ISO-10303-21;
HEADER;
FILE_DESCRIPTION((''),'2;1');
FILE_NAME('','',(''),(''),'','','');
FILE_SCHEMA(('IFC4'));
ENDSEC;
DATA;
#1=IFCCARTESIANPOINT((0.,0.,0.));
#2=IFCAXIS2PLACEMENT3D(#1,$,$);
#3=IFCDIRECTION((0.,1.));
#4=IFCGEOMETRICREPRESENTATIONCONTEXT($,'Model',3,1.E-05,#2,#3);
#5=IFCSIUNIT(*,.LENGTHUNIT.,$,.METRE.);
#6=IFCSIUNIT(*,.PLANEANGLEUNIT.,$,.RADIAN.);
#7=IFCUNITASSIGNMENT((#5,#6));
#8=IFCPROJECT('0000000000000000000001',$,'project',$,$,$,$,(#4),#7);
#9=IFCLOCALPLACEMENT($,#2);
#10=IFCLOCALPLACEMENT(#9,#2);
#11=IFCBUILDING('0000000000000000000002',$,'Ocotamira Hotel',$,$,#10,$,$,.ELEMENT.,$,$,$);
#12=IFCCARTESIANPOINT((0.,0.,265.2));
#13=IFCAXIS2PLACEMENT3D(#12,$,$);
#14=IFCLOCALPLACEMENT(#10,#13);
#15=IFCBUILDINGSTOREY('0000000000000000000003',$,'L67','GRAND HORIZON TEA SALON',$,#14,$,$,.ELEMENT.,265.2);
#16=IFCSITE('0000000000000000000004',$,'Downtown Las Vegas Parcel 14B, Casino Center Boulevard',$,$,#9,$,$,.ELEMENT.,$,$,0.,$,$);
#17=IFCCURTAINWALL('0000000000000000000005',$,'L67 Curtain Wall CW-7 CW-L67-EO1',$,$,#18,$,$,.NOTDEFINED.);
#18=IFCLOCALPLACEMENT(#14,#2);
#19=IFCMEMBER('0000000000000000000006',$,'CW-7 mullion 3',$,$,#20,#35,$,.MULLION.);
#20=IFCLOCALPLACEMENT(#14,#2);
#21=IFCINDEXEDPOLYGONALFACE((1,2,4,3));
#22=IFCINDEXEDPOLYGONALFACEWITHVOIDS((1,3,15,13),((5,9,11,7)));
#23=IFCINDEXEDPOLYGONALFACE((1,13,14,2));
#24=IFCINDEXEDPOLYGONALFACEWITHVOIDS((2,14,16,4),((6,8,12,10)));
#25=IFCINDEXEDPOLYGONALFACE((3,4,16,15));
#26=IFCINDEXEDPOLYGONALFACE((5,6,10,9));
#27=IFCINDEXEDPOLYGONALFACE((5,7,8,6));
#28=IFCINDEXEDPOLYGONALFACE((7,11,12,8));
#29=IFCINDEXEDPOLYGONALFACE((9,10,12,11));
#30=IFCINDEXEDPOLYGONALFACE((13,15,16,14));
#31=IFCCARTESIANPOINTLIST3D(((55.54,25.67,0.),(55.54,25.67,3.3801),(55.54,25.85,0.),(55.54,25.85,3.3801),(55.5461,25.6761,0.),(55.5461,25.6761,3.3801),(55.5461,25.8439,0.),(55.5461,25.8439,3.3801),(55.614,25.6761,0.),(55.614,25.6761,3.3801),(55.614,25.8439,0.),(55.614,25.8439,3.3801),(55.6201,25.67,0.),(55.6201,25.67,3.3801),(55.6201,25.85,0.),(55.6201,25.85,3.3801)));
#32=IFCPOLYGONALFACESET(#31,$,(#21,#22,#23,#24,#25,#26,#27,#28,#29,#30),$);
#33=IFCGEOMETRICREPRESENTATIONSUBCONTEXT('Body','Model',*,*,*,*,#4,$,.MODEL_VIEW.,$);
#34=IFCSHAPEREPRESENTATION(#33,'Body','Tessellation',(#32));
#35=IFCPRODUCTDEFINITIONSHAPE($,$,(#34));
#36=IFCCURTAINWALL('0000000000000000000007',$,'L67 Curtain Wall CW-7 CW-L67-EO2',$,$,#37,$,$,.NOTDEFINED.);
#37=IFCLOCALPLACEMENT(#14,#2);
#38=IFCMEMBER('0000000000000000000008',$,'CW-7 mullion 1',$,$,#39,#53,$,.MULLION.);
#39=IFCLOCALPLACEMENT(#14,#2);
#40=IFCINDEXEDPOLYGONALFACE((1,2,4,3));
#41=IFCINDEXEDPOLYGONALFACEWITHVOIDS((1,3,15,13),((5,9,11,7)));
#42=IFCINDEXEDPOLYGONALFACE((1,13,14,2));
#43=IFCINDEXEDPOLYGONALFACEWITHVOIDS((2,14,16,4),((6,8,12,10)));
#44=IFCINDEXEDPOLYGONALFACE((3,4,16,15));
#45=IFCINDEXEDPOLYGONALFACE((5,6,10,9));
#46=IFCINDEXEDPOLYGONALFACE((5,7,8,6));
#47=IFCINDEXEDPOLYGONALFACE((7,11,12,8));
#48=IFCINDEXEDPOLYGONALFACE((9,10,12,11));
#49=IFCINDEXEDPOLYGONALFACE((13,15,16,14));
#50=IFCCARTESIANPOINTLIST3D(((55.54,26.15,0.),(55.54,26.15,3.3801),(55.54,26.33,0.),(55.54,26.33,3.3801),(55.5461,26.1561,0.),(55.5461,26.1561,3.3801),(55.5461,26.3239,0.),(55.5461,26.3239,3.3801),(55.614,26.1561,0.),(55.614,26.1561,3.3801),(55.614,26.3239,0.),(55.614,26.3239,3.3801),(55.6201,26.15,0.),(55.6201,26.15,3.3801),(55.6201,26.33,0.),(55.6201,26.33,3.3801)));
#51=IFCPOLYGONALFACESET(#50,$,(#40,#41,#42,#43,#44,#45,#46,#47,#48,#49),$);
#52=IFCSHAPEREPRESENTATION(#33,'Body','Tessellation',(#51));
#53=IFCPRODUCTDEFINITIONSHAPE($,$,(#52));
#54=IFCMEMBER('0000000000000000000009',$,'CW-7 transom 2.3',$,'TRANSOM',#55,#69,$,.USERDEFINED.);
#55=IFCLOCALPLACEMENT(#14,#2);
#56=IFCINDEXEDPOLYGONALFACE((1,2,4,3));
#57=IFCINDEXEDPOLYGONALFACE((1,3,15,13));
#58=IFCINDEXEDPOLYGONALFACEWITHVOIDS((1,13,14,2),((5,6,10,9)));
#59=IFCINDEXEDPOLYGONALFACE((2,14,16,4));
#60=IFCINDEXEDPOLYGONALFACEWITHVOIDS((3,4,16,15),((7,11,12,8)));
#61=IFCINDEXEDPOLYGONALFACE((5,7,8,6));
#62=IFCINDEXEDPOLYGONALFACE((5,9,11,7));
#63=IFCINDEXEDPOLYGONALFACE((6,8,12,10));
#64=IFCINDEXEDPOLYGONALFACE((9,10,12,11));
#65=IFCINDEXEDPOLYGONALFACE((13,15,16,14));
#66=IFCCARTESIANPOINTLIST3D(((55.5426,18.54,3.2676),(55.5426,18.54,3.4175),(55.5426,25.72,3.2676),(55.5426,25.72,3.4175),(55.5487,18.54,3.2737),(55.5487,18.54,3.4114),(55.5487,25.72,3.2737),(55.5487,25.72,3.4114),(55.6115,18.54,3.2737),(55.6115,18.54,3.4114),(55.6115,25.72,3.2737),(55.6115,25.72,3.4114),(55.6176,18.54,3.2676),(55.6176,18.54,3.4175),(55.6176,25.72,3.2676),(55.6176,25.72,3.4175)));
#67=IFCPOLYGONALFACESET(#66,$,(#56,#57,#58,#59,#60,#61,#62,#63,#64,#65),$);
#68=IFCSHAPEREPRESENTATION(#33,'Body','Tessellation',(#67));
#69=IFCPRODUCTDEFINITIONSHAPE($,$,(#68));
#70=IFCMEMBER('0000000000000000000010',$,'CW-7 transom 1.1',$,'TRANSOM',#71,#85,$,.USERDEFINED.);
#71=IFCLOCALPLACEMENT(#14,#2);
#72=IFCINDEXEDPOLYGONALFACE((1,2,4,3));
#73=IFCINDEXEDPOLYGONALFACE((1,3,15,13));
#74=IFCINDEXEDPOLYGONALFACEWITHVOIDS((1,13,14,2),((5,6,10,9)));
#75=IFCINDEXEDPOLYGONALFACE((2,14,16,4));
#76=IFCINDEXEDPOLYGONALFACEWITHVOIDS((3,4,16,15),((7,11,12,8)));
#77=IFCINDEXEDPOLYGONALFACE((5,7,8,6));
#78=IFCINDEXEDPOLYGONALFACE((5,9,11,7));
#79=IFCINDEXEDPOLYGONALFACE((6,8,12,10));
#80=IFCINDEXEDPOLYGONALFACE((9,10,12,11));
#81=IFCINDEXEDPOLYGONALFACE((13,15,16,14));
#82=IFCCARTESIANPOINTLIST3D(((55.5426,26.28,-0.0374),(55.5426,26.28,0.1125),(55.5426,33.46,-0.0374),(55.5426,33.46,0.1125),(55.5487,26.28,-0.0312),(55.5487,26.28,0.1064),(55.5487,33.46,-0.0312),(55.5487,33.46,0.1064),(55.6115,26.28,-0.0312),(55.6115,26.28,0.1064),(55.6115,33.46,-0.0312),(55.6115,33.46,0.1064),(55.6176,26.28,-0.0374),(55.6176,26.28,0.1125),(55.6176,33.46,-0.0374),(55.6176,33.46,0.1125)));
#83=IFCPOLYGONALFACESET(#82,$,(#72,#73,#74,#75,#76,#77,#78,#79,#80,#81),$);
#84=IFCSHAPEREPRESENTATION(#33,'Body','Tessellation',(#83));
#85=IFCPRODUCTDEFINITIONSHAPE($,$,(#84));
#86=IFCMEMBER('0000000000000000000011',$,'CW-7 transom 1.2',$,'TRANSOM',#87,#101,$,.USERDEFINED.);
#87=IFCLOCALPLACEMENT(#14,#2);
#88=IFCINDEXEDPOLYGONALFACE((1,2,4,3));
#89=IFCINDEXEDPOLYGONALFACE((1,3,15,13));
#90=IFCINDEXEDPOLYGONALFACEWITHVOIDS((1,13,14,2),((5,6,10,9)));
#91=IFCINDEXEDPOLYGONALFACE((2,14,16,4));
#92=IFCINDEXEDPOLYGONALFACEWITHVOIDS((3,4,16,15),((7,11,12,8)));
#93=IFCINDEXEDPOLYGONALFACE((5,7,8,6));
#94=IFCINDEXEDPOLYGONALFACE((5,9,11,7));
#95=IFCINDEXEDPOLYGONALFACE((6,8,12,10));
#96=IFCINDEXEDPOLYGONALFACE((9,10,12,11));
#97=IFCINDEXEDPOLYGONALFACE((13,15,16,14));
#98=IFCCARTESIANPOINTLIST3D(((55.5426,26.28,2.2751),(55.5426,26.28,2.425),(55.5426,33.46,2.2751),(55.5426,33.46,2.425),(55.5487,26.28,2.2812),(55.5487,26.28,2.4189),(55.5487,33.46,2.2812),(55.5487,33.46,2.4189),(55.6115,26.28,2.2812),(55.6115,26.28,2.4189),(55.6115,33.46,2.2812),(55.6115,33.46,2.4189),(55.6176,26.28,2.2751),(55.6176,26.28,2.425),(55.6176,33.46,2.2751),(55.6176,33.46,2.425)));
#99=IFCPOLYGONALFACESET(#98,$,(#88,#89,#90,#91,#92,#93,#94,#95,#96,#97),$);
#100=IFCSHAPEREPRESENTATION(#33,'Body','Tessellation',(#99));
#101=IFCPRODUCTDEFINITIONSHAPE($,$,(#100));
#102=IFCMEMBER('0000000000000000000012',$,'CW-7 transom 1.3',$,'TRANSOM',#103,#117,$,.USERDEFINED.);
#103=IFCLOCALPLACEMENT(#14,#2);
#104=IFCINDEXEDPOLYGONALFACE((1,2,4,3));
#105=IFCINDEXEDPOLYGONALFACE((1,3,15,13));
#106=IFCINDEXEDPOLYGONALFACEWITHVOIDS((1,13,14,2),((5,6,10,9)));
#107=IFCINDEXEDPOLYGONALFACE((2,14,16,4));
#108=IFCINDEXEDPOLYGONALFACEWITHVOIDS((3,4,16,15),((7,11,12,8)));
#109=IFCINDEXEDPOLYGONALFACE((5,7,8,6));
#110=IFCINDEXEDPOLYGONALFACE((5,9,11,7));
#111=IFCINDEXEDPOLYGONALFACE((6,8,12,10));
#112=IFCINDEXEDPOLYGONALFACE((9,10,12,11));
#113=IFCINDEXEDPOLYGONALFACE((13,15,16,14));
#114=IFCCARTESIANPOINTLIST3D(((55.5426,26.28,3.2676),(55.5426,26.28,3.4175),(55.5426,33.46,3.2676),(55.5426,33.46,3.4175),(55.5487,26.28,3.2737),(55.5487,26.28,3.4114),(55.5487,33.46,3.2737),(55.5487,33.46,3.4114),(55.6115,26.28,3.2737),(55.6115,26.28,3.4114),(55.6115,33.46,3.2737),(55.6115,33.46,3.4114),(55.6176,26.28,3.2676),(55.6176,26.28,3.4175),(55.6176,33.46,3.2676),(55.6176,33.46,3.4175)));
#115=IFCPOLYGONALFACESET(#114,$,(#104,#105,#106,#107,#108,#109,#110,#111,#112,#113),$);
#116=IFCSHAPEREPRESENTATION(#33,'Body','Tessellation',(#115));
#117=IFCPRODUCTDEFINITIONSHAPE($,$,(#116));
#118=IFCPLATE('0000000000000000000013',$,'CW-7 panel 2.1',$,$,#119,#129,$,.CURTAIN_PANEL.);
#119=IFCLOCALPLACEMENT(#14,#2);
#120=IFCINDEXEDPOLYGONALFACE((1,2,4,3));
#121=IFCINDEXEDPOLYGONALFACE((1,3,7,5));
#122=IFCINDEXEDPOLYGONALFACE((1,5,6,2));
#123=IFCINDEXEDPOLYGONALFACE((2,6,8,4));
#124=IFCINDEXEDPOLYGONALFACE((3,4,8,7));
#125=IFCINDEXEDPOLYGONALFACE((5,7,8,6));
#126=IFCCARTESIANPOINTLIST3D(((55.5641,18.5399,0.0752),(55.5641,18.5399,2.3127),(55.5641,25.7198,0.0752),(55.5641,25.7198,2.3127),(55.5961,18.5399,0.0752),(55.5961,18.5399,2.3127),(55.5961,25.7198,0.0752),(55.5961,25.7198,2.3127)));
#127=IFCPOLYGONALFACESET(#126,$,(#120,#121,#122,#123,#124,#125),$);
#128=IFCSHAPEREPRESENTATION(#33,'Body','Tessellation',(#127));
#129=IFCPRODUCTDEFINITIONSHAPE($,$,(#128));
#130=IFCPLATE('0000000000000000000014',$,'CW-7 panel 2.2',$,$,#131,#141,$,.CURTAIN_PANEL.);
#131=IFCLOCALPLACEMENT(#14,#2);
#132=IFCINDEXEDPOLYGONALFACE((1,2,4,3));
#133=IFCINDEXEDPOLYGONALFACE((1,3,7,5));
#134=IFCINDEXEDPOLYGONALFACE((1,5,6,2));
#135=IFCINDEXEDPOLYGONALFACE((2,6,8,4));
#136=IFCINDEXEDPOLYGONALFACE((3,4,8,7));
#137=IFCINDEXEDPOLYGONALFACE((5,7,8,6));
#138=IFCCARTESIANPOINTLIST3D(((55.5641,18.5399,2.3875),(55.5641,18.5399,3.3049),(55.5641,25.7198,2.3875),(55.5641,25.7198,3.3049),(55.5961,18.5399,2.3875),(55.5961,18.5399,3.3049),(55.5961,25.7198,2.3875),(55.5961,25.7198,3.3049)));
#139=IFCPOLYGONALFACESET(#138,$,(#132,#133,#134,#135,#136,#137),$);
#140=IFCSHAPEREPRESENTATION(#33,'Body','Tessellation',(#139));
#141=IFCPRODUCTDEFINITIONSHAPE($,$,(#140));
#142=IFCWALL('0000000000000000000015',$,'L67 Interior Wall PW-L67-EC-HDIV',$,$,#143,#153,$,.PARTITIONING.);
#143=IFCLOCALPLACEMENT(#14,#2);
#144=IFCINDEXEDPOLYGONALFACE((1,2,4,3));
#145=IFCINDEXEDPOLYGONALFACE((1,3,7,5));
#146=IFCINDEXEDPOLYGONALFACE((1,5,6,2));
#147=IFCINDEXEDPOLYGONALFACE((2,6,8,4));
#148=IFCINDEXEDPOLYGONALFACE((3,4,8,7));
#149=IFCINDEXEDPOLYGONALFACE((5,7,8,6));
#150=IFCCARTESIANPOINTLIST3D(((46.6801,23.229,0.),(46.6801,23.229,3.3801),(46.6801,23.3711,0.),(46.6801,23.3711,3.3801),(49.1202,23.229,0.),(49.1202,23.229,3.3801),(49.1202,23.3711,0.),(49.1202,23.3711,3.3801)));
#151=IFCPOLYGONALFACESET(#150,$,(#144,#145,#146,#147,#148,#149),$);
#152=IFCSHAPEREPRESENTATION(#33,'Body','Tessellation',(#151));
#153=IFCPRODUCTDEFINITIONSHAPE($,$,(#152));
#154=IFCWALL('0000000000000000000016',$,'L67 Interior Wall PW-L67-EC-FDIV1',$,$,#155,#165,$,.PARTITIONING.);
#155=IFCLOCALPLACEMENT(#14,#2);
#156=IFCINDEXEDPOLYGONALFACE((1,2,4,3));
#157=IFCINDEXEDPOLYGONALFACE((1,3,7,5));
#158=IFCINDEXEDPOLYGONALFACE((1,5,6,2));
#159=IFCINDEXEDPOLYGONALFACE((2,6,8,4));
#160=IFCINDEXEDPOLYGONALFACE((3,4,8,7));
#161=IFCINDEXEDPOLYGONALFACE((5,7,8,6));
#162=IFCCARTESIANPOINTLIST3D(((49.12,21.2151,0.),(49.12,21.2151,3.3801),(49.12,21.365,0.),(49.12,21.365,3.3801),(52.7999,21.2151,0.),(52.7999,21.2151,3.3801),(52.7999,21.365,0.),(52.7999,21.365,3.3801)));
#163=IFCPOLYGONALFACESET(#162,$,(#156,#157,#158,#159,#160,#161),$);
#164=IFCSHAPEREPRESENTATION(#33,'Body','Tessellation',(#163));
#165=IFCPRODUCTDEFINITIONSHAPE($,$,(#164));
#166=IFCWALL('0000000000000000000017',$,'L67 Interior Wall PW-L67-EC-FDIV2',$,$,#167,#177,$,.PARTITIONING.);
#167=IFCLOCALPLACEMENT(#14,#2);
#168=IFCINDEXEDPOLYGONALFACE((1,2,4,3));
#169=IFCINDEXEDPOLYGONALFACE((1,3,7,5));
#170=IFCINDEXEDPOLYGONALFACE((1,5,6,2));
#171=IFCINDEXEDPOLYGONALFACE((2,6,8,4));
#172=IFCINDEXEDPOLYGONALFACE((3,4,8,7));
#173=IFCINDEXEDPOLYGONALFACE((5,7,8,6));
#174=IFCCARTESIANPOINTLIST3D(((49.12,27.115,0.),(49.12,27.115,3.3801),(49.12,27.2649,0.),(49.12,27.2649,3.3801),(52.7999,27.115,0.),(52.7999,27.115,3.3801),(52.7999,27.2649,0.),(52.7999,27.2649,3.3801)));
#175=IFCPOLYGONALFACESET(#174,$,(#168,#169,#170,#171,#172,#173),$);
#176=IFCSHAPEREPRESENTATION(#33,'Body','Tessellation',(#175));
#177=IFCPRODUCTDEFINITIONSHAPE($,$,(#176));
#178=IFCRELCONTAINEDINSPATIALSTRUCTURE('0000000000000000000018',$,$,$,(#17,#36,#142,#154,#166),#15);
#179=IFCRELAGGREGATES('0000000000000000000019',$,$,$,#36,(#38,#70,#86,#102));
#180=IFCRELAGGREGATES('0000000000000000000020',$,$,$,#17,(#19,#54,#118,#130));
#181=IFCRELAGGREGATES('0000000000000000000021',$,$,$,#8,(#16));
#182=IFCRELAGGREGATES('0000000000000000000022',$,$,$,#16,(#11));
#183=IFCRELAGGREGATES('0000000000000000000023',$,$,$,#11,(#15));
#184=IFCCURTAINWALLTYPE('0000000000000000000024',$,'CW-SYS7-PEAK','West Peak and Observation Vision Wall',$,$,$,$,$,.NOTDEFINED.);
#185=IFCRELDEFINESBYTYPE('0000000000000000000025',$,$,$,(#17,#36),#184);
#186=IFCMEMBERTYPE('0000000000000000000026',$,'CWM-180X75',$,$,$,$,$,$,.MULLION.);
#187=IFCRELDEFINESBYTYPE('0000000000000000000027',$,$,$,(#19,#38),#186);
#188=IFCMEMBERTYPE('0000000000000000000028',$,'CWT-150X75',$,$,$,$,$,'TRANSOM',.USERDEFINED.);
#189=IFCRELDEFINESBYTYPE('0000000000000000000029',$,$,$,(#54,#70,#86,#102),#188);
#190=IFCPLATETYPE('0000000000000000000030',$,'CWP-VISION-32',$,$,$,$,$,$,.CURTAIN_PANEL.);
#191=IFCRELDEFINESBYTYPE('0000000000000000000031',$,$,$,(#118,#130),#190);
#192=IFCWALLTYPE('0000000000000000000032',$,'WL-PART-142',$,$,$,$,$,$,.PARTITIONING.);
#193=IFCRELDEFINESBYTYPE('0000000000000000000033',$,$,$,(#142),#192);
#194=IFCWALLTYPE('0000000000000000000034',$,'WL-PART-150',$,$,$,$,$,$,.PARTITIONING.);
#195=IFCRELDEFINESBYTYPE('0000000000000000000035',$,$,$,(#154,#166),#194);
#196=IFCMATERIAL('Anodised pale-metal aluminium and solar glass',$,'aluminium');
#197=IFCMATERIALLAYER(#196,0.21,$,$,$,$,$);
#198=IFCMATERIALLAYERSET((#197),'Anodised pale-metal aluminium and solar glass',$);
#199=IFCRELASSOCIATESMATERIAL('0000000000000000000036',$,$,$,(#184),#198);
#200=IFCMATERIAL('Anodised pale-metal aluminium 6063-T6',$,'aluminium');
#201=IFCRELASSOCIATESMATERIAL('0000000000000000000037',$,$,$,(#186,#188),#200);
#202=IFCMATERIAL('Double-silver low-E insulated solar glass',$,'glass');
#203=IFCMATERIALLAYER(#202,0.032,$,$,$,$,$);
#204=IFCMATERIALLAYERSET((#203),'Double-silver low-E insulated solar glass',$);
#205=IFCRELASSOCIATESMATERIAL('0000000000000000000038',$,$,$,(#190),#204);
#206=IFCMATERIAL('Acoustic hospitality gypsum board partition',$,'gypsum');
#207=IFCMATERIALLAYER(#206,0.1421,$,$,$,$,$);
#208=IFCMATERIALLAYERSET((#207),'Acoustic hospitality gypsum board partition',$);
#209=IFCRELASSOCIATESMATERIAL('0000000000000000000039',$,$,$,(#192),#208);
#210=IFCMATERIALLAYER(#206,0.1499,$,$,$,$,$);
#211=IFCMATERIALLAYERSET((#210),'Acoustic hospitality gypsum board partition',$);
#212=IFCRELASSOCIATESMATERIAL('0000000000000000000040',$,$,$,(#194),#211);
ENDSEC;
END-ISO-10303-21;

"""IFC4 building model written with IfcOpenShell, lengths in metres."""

from ifc_helpers import new_model, si_unit, direction, frame, frame_2d, origin, origin_2d, place, context, subcontext, project, spatial, rectangle, hollow_rectangle, extrude, source, transform, mapped, material, layer, layer_set, material_profile, profile_set, type_object, element, aggregate, save


model = new_model("IFC4")

# Units and contexts
model_context = context("Model", 3, precision=1e-05, world=origin(), true_north=direction((0.0, 1.0)))
body_context = subcontext(model_context, "Body", "Model", "MODEL_VIEW")
ifc_project = project(units=[si_unit("LENGTHUNIT", "METRE"), si_unit("PLANEANGLEUNIT", "RADIAN")], contexts=[model_context])

# Site, building, storey
site_placement = place(None, origin())
site = spatial("IfcSite", under=ifc_project, at=site_placement, Name="Downtown Las Vegas Parcel 14B, Casino Center Boulevard", CompositionType="ELEMENT", RefElevation=0.0)
building_placement = place(site_placement, origin())
building = spatial("IfcBuilding", under=site, at=building_placement, Name="Ocotamira Hotel", CompositionType="ELEMENT")
storey_placement = place(building_placement, frame((0.0, 0.0, 265.2)))
storey = spatial("IfcBuildingStorey", under=building, at=storey_placement, Name="L67", Description="GRAND HORIZON TEA SALON", CompositionType="ELEMENT", Elevation=265.2)

# Curtain walls, members
ifc_material_1 = material(Name="Anodised pale-metal aluminium and solar glass", Category="aluminium")
ifc_layer_1 = layer(ifc_material_1, 0.21)
ifc_layer_set_1 = layer_set([ifc_layer_1], Name="Anodised pale-metal aluminium and solar glass")
curtain_wall_type = type_object("IfcCurtainWallType", Name="CW-SYS7-PEAK", Description="West Peak and Observation Vision Wall", PredefinedType="NOTDEFINED", material=ifc_layer_set_1)
curtain_wall_1_placement = place(storey_placement, origin())
curtain_wall_1 = element("IfcCurtainWall", 1, at=curtain_wall_1_placement, inside=storey, type_object=curtain_wall_type, Name="L67 Curtain Wall CW-7 CW-L67-EO1", PredefinedType="NOTDEFINED")
ifc_material_2 = material(Name="Anodised pale-metal aluminium 6063-T6", Category="aluminium")
ifc_material_profile_1 = material_profile(ifc_material_2, hollow_rectangle(XDim=0.0801, YDim=0.1799, WallThickness=0.0061, at=origin_2d()), Name="HSS180X80X6")
ifc_profile_set_1 = profile_set([ifc_material_profile_1], Name="Anodised pale-metal aluminium 6063-T6")
member_type_1 = type_object("IfcMemberType", Name="CWM-180X75", PredefinedType="MULLION", material=ifc_profile_set_1)
shared_shape_1 = source(origin(), body_context, "Body", "SweptSolid", [
    extrude(hollow_rectangle(XDim=0.0801, YDim=0.1799, WallThickness=0.0061, at=origin_2d()), origin(), (0.0, 0.0, 1.0), 3.3801),
])
member_1_placement = place(storey_placement, frame((55.5801, 25.76, 0.0), z_axis=(0.0, 0.0, 1.0), x_axis=(-1.0, 0.0, 0.0)))
member_1 = element("IfcMember", 2, at=member_1_placement, type_object=member_type_1, Name="CW-7 mullion 3", PredefinedType="MULLION", context=body_context, shape_type="MappedRepresentation", body=[
    mapped(shared_shape_1, transform((0.0, 0.0, 0.0), scale=1.0)),
])
curtain_wall_2_placement = place(storey_placement, origin())
curtain_wall_2 = element("IfcCurtainWall", 3, at=curtain_wall_2_placement, inside=storey, type_object=curtain_wall_type, Name="L67 Curtain Wall CW-7 CW-L67-EO2", PredefinedType="NOTDEFINED")
member_2_placement = place(storey_placement, frame((55.5801, 26.24, 0.0), z_axis=(0.0, 0.0, 1.0), x_axis=(-1.0, 0.0, 0.0)))
member_2 = element("IfcMember", 4, at=member_2_placement, type_object=member_type_1, Name="CW-7 mullion 1", PredefinedType="MULLION", context=body_context, shape_type="MappedRepresentation", body=[
    mapped(shared_shape_1, transform((0.0, 0.0, 0.0), scale=1.0)),
])

# Members
ifc_material_profile_2 = material_profile(ifc_material_2, hollow_rectangle(XDim=0.075, YDim=0.1499, WallThickness=0.0061, at=origin_2d()), Name="HSS150X75X6")
ifc_profile_set_2 = profile_set([ifc_material_profile_2], Name="Anodised pale-metal aluminium 6063-T6")
member_type_2 = type_object("IfcMemberType", Name="CWT-150X75", ElementType="TRANSOM", PredefinedType="USERDEFINED", material=ifc_profile_set_2)
shared_shape_2 = source(origin(), body_context, "Body", "SweptSolid", [
    extrude(hollow_rectangle(XDim=0.075, YDim=0.1499, WallThickness=0.0061, at=origin_2d()), origin(), (0.0, 0.0, 1.0), 7.1799),
])
member_3_placement = place(storey_placement, frame((55.5801, 18.54, 3.3425), z_axis=(0.0, 1.0, 0.0), x_axis=(-1.0, 0.0, 0.0)))
member_3 = element("IfcMember", 5, at=member_3_placement, type_object=member_type_2, Name="CW-7 transom 2.3", ObjectType="TRANSOM", PredefinedType="USERDEFINED", context=body_context, shape_type="MappedRepresentation", body=[
    mapped(shared_shape_2, transform((0.0, 0.0, 0.0), scale=1.0)),
])
member_4_placement = place(storey_placement, frame((55.5801, 26.28, 0.0376), z_axis=(0.0, 1.0, 0.0), x_axis=(-1.0, 0.0, 0.0)))
member_4 = element("IfcMember", 6, at=member_4_placement, type_object=member_type_2, Name="CW-7 transom 1.1", ObjectType="TRANSOM", PredefinedType="USERDEFINED", context=body_context, shape_type="MappedRepresentation", body=[
    mapped(shared_shape_2, transform((0.0, 0.0, 0.0), scale=1.0)),
])
member_5_placement = place(storey_placement, frame((55.5801, 26.28, 2.3501), z_axis=(0.0, 1.0, 0.0), x_axis=(-1.0, 0.0, 0.0)))
member_5 = element("IfcMember", 7, at=member_5_placement, type_object=member_type_2, Name="CW-7 transom 1.2", ObjectType="TRANSOM", PredefinedType="USERDEFINED", context=body_context, shape_type="MappedRepresentation", body=[
    mapped(shared_shape_2, transform((0.0, 0.0, 0.0), scale=1.0)),
])
member_6_placement = place(storey_placement, frame((55.5801, 26.28, 3.3425), z_axis=(0.0, 1.0, 0.0), x_axis=(-1.0, 0.0, 0.0)))
member_6 = element("IfcMember", 8, at=member_6_placement, type_object=member_type_2, Name="CW-7 transom 1.3", ObjectType="TRANSOM", PredefinedType="USERDEFINED", context=body_context, shape_type="MappedRepresentation", body=[
    mapped(shared_shape_2, transform((0.0, 0.0, 0.0), scale=1.0)),
])
aggregate(curtain_wall_2, [member_2, member_4, member_5, member_6])

# Plates
ifc_material_3 = material(Name="Double-silver low-E insulated solar glass", Category="glass")
ifc_layer_2 = layer(ifc_material_3, 0.032)
ifc_layer_set_2 = layer_set([ifc_layer_2], Name="Double-silver low-E insulated solar glass")
plate_type = type_object("IfcPlateType", Name="CWP-VISION-32", PredefinedType="CURTAIN_PANEL", material=ifc_layer_set_2)
shared_shape_3 = source(origin(), body_context, "Body", "SweptSolid", [
    extrude(rectangle(XDim=7.1799, YDim=0.032, at=origin_2d()), origin(), (0.0, 0.0, 1.0), 2.2375),
])
plate_1_placement = place(storey_placement, frame((55.5801, 22.1299, 0.0752), z_axis=(0.0, 0.0, 1.0), x_axis=(0.0, 1.0, 0.0)))
plate_1 = element("IfcPlate", 9, at=plate_1_placement, type_object=plate_type, Name="CW-7 panel 2.1", PredefinedType="CURTAIN_PANEL", context=body_context, shape_type="MappedRepresentation", body=[
    mapped(shared_shape_3, transform((0.0, 0.0, 0.0), scale=1.0)),
])
shared_shape_4 = source(origin(), body_context, "Body", "SweptSolid", [
    extrude(rectangle(XDim=7.1799, YDim=0.032, at=origin_2d()), origin(), (0.0, 0.0, 1.0), 0.9175),
])
plate_2_placement = place(storey_placement, frame((55.5801, 22.1299, 2.3875), z_axis=(0.0, 0.0, 1.0), x_axis=(0.0, 1.0, 0.0)))
plate_2 = element("IfcPlate", 10, at=plate_2_placement, type_object=plate_type, Name="CW-7 panel 2.2", PredefinedType="CURTAIN_PANEL", context=body_context, shape_type="MappedRepresentation", body=[
    mapped(shared_shape_4, transform((0.0, 0.0, 0.0), scale=1.0)),
])
aggregate(curtain_wall_1, [member_1, member_3, plate_1, plate_2])

# Walls
ifc_material_4 = material(Name="Acoustic hospitality gypsum board partition", Category="gypsum")
ifc_layer_3 = layer(ifc_material_4, 0.1421)
ifc_layer_set_3 = layer_set([ifc_layer_3], Name="Acoustic hospitality gypsum board partition")
wall_type_1 = type_object("IfcWallType", Name="WL-PART-142", PredefinedType="PARTITIONING", material=ifc_layer_set_3)
wall_placement = place(storey_placement, frame((46.6799, 23.3, 0.0), z_axis=(0.0, 0.0, 1.0), x_axis=(1.0, 0.0, 0.0)))
element("IfcWall", 11, at=wall_placement, inside=storey, type_object=wall_type_1, Name="L67 Interior Wall PW-L67-EC-HDIV", PredefinedType="PARTITIONING", context=body_context, shape_type="SweptSolid", body=[
    extrude(rectangle(XDim=2.4402, YDim=0.1421, at=frame_2d((1.2202, 0.0))), origin(), (0.0, 0.0, 1.0), 3.3801),
])
ifc_layer_4 = layer(ifc_material_4, 0.1499)
ifc_layer_set_4 = layer_set([ifc_layer_4], Name="Acoustic hospitality gypsum board partition")
wall_type_2 = type_object("IfcWallType", Name="WL-PART-150", PredefinedType="PARTITIONING", material=ifc_layer_set_4)
for number, where, z_axis, x_axis, name in (
    (12, (49.1201, 21.29, 0.0), (0.0, 0.0, 1.0), (1.0, 0.0, 0.0), "L67 Interior Wall PW-L67-EC-FDIV1"),
    (13, (49.1201, 27.1899, 0.0), (0.0, 0.0, 1.0), (1.0, 0.0, 0.0), "L67 Interior Wall PW-L67-EC-FDIV2"),
):
    element("IfcWall", number, at=place(storey_placement, frame(where, z_axis=z_axis, x_axis=x_axis)), inside=storey, type_object=wall_type_2, Name=name, PredefinedType="PARTITIONING", context=body_context, shape_type="SweptSolid", body=[
        extrude(rectangle(XDim=3.6799, YDim=0.1499, at=frame_2d((1.8398, 0.0))), origin(), (0.0, 0.0, 1.0), 3.3801),
    ])

save(model, "model.ifc")
